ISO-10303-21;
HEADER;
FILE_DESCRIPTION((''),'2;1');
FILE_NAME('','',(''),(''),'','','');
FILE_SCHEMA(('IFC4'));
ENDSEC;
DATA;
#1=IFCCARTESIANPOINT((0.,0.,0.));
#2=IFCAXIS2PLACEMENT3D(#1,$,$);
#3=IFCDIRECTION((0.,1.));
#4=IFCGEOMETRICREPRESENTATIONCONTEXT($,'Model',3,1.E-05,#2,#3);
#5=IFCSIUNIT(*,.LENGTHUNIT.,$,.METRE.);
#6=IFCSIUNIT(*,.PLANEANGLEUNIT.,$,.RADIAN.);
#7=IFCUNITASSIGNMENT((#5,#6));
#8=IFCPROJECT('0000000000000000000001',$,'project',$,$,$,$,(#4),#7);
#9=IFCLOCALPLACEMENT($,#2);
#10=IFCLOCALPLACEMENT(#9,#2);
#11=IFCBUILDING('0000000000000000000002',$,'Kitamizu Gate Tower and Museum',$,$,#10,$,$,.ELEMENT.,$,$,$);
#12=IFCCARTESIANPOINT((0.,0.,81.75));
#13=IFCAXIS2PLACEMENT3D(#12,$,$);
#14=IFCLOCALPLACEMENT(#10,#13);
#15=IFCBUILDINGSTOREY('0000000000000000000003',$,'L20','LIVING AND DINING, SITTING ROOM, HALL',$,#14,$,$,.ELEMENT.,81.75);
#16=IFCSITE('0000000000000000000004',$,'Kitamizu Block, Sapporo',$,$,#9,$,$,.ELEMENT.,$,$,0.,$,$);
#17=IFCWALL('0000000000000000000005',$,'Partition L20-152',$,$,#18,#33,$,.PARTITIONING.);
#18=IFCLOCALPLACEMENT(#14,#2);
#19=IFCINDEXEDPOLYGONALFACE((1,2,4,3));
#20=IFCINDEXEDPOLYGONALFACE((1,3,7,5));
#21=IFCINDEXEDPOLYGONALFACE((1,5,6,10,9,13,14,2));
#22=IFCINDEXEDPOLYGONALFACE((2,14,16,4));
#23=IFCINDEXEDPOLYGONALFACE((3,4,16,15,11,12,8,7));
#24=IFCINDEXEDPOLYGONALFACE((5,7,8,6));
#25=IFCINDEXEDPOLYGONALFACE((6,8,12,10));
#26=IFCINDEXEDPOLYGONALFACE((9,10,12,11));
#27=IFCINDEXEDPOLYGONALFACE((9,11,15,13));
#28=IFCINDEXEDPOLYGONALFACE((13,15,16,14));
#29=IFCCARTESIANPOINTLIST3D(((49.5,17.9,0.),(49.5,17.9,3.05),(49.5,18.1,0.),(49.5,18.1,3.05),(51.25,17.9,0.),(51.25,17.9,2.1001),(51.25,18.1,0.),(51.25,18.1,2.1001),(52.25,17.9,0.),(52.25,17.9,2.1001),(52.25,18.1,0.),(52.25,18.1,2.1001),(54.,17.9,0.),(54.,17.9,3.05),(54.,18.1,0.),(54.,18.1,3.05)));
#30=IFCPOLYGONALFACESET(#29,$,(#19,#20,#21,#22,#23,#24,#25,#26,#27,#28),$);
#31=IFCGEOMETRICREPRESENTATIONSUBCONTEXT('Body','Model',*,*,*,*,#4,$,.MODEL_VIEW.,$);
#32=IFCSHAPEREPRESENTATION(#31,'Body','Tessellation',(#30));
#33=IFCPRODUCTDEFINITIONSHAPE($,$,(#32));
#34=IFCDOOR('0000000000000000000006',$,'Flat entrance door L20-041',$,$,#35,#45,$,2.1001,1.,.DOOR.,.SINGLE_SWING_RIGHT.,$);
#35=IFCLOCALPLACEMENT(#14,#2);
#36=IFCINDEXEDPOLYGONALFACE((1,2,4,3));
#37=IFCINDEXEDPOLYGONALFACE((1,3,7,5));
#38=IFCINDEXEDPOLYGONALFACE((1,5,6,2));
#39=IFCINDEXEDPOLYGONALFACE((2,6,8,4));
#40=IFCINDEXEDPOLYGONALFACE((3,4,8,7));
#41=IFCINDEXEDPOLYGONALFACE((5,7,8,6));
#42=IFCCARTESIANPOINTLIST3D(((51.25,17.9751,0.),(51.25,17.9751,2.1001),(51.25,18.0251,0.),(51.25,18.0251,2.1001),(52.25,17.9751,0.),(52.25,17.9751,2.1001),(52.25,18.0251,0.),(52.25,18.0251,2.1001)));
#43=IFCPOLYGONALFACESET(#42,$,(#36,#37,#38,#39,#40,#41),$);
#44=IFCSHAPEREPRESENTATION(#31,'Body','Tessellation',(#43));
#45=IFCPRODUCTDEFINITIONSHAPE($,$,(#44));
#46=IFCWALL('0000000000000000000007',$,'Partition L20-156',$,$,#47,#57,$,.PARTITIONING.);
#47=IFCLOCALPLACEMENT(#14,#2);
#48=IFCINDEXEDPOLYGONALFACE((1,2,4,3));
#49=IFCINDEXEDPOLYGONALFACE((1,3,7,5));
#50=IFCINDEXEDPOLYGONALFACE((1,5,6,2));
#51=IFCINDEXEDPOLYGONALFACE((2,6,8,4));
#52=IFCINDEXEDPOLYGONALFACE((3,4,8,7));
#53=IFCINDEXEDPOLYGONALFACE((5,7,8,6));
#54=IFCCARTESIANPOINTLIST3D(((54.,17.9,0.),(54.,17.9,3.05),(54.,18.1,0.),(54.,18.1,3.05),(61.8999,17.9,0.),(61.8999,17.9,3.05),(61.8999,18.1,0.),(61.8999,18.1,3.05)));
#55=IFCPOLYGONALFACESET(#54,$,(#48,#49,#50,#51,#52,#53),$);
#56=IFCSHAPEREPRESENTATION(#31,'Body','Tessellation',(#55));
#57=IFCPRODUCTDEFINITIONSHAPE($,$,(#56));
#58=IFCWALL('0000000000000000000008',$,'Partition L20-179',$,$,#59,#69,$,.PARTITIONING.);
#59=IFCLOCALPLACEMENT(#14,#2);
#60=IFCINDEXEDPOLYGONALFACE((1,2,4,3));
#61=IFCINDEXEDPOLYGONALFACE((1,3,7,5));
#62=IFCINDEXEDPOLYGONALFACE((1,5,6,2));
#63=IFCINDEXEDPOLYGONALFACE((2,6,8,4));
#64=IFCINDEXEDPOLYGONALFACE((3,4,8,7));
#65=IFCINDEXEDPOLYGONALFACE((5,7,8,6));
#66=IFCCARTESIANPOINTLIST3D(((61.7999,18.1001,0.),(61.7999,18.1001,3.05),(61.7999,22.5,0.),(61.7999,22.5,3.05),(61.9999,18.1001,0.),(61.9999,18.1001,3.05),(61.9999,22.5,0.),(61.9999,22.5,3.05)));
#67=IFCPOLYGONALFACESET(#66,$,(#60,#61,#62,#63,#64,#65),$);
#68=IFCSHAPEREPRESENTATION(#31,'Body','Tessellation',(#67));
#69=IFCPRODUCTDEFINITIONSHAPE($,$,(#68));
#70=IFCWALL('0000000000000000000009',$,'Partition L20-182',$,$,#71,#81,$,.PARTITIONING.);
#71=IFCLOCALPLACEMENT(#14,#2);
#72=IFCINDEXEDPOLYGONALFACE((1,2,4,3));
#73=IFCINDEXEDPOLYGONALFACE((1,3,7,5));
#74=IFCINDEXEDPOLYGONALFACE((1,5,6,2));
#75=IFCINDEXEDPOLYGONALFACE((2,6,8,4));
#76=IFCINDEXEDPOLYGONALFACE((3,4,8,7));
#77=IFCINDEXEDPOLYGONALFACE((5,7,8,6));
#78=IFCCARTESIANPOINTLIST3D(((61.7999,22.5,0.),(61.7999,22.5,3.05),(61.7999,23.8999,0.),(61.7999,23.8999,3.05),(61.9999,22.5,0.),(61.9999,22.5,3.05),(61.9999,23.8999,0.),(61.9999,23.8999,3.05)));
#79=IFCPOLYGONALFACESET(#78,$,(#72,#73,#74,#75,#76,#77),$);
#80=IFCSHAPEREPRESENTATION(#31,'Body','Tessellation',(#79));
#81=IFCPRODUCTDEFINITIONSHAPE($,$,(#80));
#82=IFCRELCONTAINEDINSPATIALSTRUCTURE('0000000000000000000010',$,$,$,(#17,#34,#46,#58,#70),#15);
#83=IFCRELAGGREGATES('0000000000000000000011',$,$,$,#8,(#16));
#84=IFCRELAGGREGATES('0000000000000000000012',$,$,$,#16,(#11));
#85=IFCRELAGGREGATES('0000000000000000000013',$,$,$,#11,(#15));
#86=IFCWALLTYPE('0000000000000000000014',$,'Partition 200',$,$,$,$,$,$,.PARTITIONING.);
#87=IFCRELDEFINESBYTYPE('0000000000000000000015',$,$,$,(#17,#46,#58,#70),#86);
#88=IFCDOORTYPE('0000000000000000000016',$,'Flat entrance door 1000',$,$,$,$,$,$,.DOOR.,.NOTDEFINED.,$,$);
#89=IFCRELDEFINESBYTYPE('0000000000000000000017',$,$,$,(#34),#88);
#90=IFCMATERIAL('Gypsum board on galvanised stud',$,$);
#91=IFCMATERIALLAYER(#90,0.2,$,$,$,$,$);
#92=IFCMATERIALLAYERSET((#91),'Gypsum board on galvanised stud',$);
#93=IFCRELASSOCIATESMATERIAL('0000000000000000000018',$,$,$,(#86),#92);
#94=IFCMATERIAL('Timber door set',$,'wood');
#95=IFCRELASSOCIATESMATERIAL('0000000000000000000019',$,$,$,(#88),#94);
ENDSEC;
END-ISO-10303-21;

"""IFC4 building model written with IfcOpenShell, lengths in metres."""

from ifc_helpers import new_model, si_unit, direction, frame, frame_2d, origin, place, context, subcontext, project, spatial, rectangle, extrude, material, layer, layer_set, type_object, element, fill, save


model = new_model("IFC4")

# Units and contexts
model_context = context("Model", 3, precision=1e-05, world=origin(), true_north=direction((0.0, 1.0)))
body_context = subcontext(model_context, "Body", "Model", "MODEL_VIEW")
ifc_project = project(units=[si_unit("LENGTHUNIT", "METRE"), si_unit("PLANEANGLEUNIT", "RADIAN")], contexts=[model_context])

# Site, building, storey
site_placement = place(None, origin())
site = spatial("IfcSite", under=ifc_project, at=site_placement, Name="Kitamizu Block, Sapporo", CompositionType="ELEMENT", RefElevation=0.0)
building_placement = place(site_placement, origin())
building = spatial("IfcBuilding", under=site, at=building_placement, Name="Kitamizu Gate Tower and Museum", CompositionType="ELEMENT")
storey_placement = place(building_placement, frame((0.0, 0.0, 81.75)))
storey = spatial("IfcBuildingStorey", under=building, at=storey_placement, Name="L20", Description="LIVING AND DINING, SITTING ROOM, HALL", CompositionType="ELEMENT", Elevation=81.75)

# Wall, opening, door
ifc_material_1 = material(Name="Gypsum board on galvanised stud")
ifc_layer_1 = layer(ifc_material_1, 0.2)
ifc_layer_set_1 = layer_set([ifc_layer_1], Name="Gypsum board on galvanised stud")
wall_type_1 = type_object("IfcWallType", Name="Partition 200", PredefinedType="PARTITIONING", material=ifc_layer_set_1)
wall_1_placement = place(storey_placement, frame((54.0, 18.0, 0.0), z_axis=(0.0, 0.0, 1.0), x_axis=(-1.0, 0.0, 0.0)))
wall_1 = element("IfcWall", 1, at=wall_1_placement, inside=storey, type_object=wall_type_1, Name="Partition L20-152", PredefinedType="PARTITIONING", context=body_context, shape_type="SweptSolid", body=[
    extrude(rectangle(XDim=4.5, YDim=0.2, at=frame_2d((2.25, 0.0))), origin(), (0.0, 0.0, 1.0), 3.05),
])
opening_1_placement = place(wall_1_placement, frame((1.75, 0.0, 0.0)))
opening_1 = element("IfcOpeningElement", 2, at=opening_1_placement, cuts=wall_1, PredefinedType="OPENING", context=body_context, shape_type="SweptSolid", body=[
    extrude(rectangle(XDim=1.0, YDim=2.1001, at=frame_2d((0.5, 1.05))), frame((0.0, 0.1099, 0.0), z_axis=(0.0, -1.0, 0.0), x_axis=(1.0, 0.0, 0.0)), (0.0, 0.0, 1.0), 0.22),
])
ifc_material_2 = material(Name="Timber door set", Category="wood")
door_type_1 = type_object("IfcDoorType", Name="Flat entrance door 1000", OperationType="NOTDEFINED", PredefinedType="DOOR", material=ifc_material_2)
door_1_placement = place(opening_1_placement, origin())
door_1 = element("IfcDoor", 3, at=door_1_placement, inside=storey, type_object=door_type_1, Name="Flat entrance door L20-041", OperationType="SINGLE_SWING_RIGHT", OverallHeight=2.1001, OverallWidth=1.0, PredefinedType="DOOR", context=body_context, shape_type="SweptSolid", body=[
    extrude(rectangle(XDim=1.0, YDim=2.1001, at=frame_2d((0.5, 1.05))), frame((0.0, 0.0249, 0.0), z_axis=(0.0, -1.0, 0.0), x_axis=(1.0, 0.0, 0.0)), (0.0, 0.0, 1.0), 0.05),
])
fill(opening_1, door_1)

# Walls
wall_2_placement = place(storey_placement, frame((61.8999, 18.0, 0.0), z_axis=(0.0, 0.0, 1.0), x_axis=(-1.0, 0.0, 0.0)))
element("IfcWall", 4, at=wall_2_placement, inside=storey, type_object=wall_type_1, Name="Partition L20-156", PredefinedType="PARTITIONING", context=body_context, shape_type="SweptSolid", body=[
    extrude(rectangle(XDim=7.8999, YDim=0.2, at=frame_2d((3.95, 0.0))), origin(), (0.0, 0.0, 1.0), 3.05),
])
wall_3_placement = place(storey_placement, frame((61.8999, 22.5, 0.0), z_axis=(0.0, 0.0, 1.0), x_axis=(0.0, -1.0, 0.0)))
element("IfcWall", 5, at=wall_3_placement, inside=storey, type_object=wall_type_1, Name="Partition L20-179", PredefinedType="PARTITIONING", context=body_context, shape_type="SweptSolid", body=[
    extrude(rectangle(XDim=4.3999, YDim=0.2, at=frame_2d((2.2, 0.0))), origin(), (0.0, 0.0, 1.0), 3.05),
])
wall_4_placement = place(storey_placement, frame((61.8999, 23.8999, 0.0), z_axis=(0.0, 0.0, 1.0), x_axis=(0.0, -1.0, 0.0)))
element("IfcWall", 6, at=wall_4_placement, inside=storey, type_object=wall_type_1, Name="Partition L20-182", PredefinedType="PARTITIONING", context=body_context, shape_type="SweptSolid", body=[
    extrude(rectangle(XDim=1.3999, YDim=0.2, at=frame_2d((0.7, 0.0))), origin(), (0.0, 0.0, 1.0), 3.05),
])

save(model, "model.ifc")
